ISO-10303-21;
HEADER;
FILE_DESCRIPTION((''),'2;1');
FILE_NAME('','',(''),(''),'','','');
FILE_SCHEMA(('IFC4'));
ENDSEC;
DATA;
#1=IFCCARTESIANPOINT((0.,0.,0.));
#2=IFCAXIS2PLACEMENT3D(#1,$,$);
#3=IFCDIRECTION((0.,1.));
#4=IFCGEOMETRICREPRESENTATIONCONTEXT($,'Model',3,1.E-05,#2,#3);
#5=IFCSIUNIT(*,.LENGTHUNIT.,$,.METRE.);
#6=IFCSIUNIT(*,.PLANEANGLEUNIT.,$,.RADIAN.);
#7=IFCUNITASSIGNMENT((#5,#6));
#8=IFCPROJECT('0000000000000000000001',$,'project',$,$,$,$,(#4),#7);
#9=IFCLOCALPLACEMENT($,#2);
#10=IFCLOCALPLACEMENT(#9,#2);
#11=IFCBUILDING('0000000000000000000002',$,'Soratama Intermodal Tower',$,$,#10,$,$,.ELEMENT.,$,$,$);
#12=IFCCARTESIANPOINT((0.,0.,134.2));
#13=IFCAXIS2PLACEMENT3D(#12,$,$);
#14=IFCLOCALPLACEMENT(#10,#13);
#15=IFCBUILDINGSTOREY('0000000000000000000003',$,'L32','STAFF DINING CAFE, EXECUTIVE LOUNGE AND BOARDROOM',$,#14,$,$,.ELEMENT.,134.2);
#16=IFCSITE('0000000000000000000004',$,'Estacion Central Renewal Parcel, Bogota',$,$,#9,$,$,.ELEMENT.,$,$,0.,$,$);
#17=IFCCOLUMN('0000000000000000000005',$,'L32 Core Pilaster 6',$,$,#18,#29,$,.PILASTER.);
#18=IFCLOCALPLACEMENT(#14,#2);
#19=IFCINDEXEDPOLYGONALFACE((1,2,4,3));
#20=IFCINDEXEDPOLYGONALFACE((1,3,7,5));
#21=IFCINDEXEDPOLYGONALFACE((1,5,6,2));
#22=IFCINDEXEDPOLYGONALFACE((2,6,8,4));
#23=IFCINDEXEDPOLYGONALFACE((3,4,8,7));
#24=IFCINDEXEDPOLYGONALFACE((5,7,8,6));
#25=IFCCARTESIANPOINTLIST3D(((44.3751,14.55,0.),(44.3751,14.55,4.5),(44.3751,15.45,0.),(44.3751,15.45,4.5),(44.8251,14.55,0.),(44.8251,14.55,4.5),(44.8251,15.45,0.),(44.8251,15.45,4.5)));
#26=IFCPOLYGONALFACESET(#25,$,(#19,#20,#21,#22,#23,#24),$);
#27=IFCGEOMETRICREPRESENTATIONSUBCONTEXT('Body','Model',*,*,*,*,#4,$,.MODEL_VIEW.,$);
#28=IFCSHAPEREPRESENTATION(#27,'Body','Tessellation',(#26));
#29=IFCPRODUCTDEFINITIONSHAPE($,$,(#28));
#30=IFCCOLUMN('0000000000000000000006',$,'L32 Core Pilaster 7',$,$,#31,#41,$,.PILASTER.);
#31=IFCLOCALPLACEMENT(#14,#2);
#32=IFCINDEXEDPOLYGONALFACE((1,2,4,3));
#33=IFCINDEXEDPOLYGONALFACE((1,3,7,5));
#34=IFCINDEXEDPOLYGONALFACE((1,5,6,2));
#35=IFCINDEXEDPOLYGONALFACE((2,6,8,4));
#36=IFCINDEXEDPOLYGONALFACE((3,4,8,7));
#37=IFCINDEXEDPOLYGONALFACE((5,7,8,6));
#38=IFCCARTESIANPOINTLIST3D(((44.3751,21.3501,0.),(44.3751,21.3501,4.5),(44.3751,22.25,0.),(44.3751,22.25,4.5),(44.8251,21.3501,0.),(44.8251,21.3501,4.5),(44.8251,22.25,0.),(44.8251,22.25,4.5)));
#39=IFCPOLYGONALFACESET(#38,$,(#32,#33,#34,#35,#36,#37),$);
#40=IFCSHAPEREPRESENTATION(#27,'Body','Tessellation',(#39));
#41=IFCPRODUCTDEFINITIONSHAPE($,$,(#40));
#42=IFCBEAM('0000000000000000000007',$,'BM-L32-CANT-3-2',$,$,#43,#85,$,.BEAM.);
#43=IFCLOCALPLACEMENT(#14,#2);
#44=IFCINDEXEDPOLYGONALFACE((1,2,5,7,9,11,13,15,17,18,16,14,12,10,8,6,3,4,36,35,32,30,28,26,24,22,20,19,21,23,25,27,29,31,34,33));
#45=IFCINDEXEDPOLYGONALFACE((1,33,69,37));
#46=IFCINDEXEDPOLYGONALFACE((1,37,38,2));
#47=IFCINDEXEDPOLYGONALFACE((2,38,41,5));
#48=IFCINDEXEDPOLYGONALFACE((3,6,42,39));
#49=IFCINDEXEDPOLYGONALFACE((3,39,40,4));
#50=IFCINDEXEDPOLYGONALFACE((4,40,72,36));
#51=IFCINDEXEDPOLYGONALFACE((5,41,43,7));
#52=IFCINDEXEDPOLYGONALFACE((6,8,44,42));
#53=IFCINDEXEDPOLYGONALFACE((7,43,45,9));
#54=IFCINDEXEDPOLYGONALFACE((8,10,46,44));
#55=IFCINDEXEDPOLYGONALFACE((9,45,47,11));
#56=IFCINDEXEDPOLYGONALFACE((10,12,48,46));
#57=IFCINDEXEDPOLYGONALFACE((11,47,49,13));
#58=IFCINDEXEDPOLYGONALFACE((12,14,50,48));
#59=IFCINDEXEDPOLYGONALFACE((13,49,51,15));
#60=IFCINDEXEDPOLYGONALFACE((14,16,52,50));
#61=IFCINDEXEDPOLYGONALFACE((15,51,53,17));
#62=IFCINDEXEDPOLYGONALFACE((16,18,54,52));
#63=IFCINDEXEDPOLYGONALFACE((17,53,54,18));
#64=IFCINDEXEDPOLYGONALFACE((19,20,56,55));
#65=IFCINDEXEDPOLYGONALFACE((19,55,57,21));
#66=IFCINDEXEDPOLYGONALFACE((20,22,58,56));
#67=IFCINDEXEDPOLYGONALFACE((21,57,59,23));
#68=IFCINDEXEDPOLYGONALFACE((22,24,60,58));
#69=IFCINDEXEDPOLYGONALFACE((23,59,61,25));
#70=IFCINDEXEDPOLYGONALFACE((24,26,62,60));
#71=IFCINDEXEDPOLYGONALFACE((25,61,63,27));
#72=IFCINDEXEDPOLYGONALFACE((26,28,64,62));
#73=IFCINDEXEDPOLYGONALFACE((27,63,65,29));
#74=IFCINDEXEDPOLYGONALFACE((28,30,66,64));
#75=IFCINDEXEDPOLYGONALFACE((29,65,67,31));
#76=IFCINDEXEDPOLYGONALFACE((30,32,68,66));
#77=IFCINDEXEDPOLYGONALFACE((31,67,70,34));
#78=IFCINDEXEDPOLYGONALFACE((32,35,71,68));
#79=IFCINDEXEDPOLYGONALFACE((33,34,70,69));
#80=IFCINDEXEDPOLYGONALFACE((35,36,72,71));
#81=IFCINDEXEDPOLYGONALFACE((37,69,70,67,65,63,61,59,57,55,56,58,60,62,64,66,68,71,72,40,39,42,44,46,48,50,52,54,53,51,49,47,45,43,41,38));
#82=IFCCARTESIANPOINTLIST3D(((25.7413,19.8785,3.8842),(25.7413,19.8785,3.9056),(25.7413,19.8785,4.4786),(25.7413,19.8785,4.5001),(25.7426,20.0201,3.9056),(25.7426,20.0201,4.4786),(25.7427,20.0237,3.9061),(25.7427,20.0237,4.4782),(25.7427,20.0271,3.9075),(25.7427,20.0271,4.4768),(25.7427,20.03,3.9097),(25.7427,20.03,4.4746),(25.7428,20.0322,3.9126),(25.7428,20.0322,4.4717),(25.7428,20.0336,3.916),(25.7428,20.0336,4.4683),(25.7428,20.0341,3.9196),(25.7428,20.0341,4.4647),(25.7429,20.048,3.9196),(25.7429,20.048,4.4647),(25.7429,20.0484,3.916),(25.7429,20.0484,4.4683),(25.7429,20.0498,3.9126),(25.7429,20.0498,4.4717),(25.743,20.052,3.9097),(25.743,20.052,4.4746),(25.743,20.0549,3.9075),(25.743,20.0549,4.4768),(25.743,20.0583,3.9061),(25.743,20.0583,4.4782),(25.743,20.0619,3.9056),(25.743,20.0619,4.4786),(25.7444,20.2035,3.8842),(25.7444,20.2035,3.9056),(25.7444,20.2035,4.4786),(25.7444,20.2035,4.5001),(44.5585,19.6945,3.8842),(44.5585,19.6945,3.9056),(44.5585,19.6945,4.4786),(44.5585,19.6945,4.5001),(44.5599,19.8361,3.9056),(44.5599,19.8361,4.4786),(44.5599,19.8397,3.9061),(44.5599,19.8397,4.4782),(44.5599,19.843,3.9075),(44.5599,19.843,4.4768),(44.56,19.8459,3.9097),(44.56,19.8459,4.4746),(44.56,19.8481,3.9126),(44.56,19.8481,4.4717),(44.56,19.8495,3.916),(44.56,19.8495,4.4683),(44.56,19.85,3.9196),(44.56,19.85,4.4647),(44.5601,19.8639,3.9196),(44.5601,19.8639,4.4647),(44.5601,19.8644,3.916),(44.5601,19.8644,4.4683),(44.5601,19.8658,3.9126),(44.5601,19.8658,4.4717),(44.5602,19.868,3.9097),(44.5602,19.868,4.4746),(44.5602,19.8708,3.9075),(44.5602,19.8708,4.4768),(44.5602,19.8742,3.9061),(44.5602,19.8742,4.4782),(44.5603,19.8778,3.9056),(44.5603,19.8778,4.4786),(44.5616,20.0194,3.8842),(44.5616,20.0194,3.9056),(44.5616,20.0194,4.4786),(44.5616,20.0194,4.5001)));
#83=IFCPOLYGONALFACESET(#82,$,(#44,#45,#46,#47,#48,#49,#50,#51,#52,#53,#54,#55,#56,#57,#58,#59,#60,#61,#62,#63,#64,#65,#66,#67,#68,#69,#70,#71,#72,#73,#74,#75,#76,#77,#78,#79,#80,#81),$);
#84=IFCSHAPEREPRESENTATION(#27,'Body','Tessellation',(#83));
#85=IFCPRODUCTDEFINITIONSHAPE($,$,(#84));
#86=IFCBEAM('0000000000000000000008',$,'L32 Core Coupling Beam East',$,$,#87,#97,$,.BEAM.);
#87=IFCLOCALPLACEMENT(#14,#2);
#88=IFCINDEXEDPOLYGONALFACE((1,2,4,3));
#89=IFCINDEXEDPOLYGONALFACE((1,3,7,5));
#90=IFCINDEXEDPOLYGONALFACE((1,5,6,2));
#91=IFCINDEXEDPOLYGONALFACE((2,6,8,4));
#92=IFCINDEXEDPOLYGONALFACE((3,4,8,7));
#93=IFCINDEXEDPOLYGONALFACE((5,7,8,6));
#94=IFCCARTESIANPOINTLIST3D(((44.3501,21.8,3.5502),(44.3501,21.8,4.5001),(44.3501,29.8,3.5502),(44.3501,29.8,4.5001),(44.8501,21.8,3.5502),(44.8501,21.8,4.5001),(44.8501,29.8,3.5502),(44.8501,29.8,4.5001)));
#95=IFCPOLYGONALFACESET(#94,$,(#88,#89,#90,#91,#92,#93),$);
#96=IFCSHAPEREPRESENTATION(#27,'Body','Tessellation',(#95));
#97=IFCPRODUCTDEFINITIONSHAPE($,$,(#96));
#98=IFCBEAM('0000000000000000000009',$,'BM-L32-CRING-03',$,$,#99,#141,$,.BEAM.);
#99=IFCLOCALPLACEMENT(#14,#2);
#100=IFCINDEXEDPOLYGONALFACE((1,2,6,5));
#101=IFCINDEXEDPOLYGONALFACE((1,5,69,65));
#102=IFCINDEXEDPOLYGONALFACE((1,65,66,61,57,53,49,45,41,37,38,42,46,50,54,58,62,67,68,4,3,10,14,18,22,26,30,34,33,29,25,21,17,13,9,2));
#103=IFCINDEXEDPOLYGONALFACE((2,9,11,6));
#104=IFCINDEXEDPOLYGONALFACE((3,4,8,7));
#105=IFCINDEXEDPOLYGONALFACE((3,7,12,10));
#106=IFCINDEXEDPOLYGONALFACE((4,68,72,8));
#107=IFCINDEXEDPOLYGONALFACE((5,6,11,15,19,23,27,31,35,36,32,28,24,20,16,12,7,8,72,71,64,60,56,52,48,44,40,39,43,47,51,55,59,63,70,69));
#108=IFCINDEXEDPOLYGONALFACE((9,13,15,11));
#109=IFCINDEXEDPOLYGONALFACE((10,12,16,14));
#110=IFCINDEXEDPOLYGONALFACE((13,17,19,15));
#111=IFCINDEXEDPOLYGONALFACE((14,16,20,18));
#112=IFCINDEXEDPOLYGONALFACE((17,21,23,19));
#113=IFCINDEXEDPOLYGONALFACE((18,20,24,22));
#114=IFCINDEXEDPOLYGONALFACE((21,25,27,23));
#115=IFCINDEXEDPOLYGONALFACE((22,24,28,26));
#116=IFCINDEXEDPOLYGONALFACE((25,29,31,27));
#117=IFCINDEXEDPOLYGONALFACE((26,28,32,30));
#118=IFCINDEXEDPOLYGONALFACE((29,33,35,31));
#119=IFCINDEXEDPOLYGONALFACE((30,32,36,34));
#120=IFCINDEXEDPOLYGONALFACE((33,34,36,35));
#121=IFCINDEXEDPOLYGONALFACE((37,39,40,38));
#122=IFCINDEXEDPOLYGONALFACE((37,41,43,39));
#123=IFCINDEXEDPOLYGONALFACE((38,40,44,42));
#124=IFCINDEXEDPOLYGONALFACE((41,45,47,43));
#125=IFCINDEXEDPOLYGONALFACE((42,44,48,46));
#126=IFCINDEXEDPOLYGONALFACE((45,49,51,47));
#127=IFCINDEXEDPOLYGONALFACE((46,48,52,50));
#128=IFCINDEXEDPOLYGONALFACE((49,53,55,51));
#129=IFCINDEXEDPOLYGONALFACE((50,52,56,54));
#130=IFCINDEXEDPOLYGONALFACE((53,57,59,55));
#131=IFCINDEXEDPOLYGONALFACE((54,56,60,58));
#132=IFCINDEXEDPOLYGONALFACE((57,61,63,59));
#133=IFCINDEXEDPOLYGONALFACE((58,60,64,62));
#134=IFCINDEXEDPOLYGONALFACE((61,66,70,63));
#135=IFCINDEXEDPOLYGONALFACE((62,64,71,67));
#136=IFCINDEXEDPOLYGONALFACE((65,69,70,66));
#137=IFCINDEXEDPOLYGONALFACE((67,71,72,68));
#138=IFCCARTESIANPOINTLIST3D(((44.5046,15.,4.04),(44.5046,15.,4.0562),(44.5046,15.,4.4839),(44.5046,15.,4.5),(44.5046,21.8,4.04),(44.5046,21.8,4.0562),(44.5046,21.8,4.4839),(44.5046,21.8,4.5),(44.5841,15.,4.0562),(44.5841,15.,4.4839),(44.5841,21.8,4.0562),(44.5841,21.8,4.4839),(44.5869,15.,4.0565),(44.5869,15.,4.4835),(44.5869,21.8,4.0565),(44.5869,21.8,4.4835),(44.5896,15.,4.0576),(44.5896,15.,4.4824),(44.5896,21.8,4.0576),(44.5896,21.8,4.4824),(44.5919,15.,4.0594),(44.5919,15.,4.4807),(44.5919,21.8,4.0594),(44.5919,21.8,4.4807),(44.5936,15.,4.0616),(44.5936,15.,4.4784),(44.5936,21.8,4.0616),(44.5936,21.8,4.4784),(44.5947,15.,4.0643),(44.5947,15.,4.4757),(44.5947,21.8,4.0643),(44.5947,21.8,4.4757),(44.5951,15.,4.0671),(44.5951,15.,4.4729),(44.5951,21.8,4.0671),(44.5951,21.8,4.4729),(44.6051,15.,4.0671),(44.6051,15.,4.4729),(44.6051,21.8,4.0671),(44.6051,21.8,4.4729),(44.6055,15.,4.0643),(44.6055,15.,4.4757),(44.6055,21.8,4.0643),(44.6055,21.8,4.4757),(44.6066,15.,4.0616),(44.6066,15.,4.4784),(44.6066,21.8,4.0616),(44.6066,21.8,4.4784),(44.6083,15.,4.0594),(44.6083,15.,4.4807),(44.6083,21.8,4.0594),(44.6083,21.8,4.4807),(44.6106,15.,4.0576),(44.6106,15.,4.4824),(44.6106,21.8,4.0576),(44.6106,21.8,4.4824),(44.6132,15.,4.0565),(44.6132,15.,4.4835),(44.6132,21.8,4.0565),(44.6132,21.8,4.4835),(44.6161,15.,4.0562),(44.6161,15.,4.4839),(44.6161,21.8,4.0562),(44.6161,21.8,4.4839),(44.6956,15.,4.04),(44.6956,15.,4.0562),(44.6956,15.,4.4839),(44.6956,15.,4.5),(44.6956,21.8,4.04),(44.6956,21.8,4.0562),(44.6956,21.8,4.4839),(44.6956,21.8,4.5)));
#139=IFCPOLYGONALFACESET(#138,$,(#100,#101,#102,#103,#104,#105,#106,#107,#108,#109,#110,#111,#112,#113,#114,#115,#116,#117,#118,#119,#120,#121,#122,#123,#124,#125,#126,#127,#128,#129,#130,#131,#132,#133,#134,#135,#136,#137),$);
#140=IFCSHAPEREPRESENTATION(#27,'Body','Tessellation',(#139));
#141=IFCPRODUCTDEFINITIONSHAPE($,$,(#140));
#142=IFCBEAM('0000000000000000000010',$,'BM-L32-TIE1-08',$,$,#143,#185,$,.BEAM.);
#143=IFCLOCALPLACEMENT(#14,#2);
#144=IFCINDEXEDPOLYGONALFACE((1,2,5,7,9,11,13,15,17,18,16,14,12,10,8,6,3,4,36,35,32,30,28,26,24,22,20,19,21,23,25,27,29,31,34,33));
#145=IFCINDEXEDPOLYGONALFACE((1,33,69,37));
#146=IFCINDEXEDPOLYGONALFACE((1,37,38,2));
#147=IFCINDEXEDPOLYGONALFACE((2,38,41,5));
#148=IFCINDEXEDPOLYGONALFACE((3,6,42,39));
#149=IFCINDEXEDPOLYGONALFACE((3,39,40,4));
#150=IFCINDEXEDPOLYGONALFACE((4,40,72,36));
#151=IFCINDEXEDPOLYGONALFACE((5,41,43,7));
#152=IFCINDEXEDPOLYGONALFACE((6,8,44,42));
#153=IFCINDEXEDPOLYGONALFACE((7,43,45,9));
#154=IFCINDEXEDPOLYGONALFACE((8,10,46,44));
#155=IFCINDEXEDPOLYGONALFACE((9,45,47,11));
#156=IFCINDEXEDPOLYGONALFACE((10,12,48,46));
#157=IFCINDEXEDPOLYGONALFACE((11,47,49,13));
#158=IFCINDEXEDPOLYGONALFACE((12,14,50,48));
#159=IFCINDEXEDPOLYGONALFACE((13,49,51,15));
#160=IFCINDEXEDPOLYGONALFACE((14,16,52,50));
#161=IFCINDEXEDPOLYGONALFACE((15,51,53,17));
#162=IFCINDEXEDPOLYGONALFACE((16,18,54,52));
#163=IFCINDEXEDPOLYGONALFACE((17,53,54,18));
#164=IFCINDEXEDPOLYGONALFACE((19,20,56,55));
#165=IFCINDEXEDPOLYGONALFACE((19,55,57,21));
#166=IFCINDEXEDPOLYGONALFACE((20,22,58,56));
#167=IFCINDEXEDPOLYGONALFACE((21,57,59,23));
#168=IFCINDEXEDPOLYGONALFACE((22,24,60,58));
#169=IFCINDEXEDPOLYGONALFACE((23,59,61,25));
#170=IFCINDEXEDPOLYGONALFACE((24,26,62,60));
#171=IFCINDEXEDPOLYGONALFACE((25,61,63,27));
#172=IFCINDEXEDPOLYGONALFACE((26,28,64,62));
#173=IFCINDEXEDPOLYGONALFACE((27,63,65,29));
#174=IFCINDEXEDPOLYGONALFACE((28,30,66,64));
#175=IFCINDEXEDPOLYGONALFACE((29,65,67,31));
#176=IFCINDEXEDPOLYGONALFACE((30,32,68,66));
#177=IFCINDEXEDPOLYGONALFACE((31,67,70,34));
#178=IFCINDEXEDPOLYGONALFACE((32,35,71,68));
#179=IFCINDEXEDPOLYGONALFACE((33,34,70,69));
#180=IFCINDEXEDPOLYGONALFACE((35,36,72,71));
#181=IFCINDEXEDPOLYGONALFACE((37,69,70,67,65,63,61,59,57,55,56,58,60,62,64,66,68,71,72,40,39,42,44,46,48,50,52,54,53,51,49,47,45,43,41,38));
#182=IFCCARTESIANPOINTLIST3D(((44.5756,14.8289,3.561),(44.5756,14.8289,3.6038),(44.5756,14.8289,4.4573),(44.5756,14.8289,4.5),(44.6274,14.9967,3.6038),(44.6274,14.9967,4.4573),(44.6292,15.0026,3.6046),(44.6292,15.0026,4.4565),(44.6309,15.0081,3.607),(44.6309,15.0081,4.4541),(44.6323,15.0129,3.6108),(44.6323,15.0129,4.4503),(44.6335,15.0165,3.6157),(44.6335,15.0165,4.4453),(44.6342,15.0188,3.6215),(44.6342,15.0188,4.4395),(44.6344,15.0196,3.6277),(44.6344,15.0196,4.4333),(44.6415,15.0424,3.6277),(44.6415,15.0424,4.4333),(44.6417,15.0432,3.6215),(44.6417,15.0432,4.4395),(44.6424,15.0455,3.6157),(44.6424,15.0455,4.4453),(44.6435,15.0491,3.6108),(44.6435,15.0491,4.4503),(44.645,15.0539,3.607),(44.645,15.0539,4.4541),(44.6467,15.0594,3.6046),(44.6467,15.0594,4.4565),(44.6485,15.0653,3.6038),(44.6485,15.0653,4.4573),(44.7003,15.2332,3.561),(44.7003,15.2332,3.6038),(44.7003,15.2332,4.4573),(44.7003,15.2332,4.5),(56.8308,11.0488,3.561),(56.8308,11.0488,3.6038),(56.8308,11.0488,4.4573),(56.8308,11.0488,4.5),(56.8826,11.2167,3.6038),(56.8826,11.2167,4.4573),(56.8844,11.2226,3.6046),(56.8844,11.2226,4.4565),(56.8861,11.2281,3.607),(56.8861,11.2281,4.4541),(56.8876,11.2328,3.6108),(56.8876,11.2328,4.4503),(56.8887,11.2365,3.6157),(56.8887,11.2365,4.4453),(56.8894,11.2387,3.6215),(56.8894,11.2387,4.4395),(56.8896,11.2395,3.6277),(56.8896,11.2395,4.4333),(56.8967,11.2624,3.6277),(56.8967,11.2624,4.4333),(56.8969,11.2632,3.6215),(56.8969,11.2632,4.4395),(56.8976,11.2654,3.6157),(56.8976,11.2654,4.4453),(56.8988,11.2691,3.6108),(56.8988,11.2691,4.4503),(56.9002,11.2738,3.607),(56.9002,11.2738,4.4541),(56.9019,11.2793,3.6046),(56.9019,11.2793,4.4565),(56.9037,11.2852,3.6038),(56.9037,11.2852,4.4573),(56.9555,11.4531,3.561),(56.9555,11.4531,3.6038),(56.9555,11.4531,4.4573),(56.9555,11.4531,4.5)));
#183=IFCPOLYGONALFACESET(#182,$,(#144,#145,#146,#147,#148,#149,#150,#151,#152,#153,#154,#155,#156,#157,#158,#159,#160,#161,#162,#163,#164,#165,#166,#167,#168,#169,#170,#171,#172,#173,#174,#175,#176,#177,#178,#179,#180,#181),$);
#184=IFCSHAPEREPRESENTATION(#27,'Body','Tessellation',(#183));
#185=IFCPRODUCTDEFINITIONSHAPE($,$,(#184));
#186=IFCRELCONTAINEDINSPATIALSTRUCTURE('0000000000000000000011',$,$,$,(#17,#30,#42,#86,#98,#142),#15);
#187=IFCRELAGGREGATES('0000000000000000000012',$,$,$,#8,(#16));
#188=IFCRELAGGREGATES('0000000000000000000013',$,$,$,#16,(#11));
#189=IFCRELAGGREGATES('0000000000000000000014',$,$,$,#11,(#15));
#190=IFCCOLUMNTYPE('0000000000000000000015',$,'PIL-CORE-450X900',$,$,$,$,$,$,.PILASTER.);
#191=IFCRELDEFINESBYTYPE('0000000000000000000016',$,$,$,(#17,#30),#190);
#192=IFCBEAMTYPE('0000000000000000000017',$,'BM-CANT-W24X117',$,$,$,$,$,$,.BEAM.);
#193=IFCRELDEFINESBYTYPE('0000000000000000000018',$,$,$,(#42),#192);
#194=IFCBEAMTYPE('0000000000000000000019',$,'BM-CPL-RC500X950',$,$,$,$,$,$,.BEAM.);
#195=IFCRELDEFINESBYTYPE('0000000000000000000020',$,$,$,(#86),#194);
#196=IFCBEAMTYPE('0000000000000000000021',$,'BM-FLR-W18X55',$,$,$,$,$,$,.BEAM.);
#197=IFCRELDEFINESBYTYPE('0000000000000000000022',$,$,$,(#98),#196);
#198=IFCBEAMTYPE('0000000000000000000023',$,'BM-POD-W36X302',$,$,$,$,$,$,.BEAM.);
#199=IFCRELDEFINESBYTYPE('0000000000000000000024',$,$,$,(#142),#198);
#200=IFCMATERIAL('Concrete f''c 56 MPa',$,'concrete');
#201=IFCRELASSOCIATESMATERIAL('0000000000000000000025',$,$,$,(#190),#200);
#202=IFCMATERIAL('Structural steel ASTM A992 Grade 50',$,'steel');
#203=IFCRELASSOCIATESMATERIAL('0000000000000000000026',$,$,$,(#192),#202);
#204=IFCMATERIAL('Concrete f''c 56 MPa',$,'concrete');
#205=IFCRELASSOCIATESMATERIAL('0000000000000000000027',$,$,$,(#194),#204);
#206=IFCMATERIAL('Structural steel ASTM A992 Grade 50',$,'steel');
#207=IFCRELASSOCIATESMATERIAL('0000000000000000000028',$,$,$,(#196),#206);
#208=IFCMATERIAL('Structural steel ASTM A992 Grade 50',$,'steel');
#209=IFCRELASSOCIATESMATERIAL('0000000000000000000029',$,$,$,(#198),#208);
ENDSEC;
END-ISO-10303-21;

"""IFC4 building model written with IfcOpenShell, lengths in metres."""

from ifc_helpers import new_model, si_unit, direction, frame, origin, origin_2d, place, context, subcontext, project, spatial, rectangle, i_section, extrude, material, material_profile, profile_set, type_object, element, save


model = new_model("IFC4")

# Units and contexts
model_context = context("Model", 3, precision=1e-05, world=origin(), true_north=direction((0.0, 1.0)))
body_context = subcontext(model_context, "Body", "Model", "MODEL_VIEW")
ifc_project = project(units=[si_unit("LENGTHUNIT", "METRE"), si_unit("PLANEANGLEUNIT", "RADIAN")], contexts=[model_context])

# Site, building, storey
site_placement = place(None, origin())
site = spatial("IfcSite", under=ifc_project, at=site_placement, Name="Estacion Central Renewal Parcel, Bogota", CompositionType="ELEMENT", RefElevation=0.0)
building_placement = place(site_placement, origin())
building = spatial("IfcBuilding", under=site, at=building_placement, Name="Soratama Intermodal Tower", CompositionType="ELEMENT")
storey_placement = place(building_placement, frame((0.0, 0.0, 134.2)))
storey = spatial("IfcBuildingStorey", under=building, at=storey_placement, Name="L32", Description="STAFF DINING CAFE, EXECUTIVE LOUNGE AND BOARDROOM", CompositionType="ELEMENT", Elevation=134.2)

# Columns
ifc_material_1 = material(Name="Concrete f'c 56 MPa", Category="concrete")
ifc_material_profile_1 = material_profile(ifc_material_1, rectangle(XDim=0.45, YDim=0.8999, at=origin_2d()), Name="RC450X900")
ifc_profile_set_1 = profile_set([ifc_material_profile_1], Name="Concrete f'c 56 MPa")
column_type = type_object("IfcColumnType", Name="PIL-CORE-450X900", PredefinedType="PILASTER", material=ifc_profile_set_1)
for number, where, z_axis, x_axis, name in (
    (1, (44.6001, 15.0, 0.0), (0.0, 0.0, 1.0), (1.0, 0.0, 0.0), "L32 Core Pilaster 6"),
    (2, (44.6001, 21.8, 0.0), (0.0, 0.0, 1.0), (1.0, 0.0, 0.0), "L32 Core Pilaster 7"),
):
    element("IfcColumn", number, at=place(storey_placement, frame(where, z_axis=z_axis, x_axis=x_axis)), inside=storey, type_object=column_type, Name=name, PredefinedType="PILASTER", context=body_context, shape_type="SweptSolid", body=[
        extrude(rectangle(XDim=0.45, YDim=0.8999, at=origin_2d()), origin(), (0.0, 0.0, 1.0), 4.5),
    ])

# Beams
ifc_material_2 = material(Name="Structural steel ASTM A992 Grade 50", Category="steel")
ifc_material_profile_2 = material_profile(ifc_material_2, i_section(OverallWidth=0.325, OverallDepth=0.616, WebThickness=0.0139, FlangeThickness=0.0215, FilletRadius=0.0139, at=origin_2d()), Name="W24X117")
ifc_profile_set_2 = profile_set([ifc_material_profile_2], Name="Structural steel ASTM A992 Grade 50")
beam_type_1 = type_object("IfcBeamType", Name="BM-CANT-W24X117", PredefinedType="BEAM", material=ifc_profile_set_2)
beam_1_placement = place(storey_placement, frame((44.5601, 19.8569, 4.1921), z_axis=(-0.999952, 0.009782, 0.0), x_axis=(-0.009782, -0.999952, 0.0)))
element("IfcBeam", 3, at=beam_1_placement, inside=storey, type_object=beam_type_1, Name="BM-L32-CANT-3-2", PredefinedType="BEAM", context=body_context, shape_type="SweptSolid", body=[
    extrude(i_section(OverallWidth=0.325, OverallDepth=0.616, WebThickness=0.0139, FlangeThickness=0.0215, FilletRadius=0.0139, at=origin_2d()), origin(), (0.0, 0.0, 1.0), 18.8181),
])
ifc_material_3 = material(Name="Concrete f'c 56 MPa", Category="concrete")
ifc_material_profile_3 = material_profile(ifc_material_3, rectangle(XDim=0.5, YDim=0.95, at=origin_2d()), Name="RC500X950")
ifc_profile_set_3 = profile_set([ifc_material_profile_3], Name="Concrete f'c 56 MPa")
beam_type_2 = type_object("IfcBeamType", Name="BM-CPL-RC500X950", PredefinedType="BEAM", material=ifc_profile_set_3)
beam_2_placement = place(storey_placement, frame((44.6001, 21.8, 4.0251), z_axis=(0.0, 1.0, 0.0), x_axis=(-1.0, 0.0, 0.0)))
element("IfcBeam", 4, at=beam_2_placement, inside=storey, type_object=beam_type_2, Name="L32 Core Coupling Beam East", PredefinedType="BEAM", context=body_context, shape_type="SweptSolid", body=[
    extrude(rectangle(XDim=0.5, YDim=0.95, at=origin_2d()), origin(), (0.0, 0.0, 1.0), 8.0),
])
ifc_material_4 = material(Name="Structural steel ASTM A992 Grade 50", Category="steel")
ifc_material_profile_4 = material_profile(ifc_material_4, i_section(OverallWidth=0.1909, OverallDepth=0.46, WebThickness=0.01, FlangeThickness=0.0161, FilletRadius=0.011, at=origin_2d()), Name="W18X55")
ifc_profile_set_4 = profile_set([ifc_material_profile_4], Name="Structural steel ASTM A992 Grade 50")
beam_type_3 = type_object("IfcBeamType", Name="BM-FLR-W18X55", PredefinedType="BEAM", material=ifc_profile_set_4)
beam_3_placement = place(storey_placement, frame((44.6001, 15.0, 4.27), z_axis=(0.0, 1.0, 0.0), x_axis=(-1.0, 0.0, 0.0)))
element("IfcBeam", 5, at=beam_3_placement, inside=storey, type_object=beam_type_3, Name="BM-L32-CRING-03", PredefinedType="BEAM", context=body_context, shape_type="SweptSolid", body=[
    extrude(i_section(OverallWidth=0.1909, OverallDepth=0.46, WebThickness=0.01, FlangeThickness=0.0161, FilletRadius=0.011, at=origin_2d()), origin(), (0.0, 0.0, 1.0), 6.8),
])
ifc_material_5 = material(Name="Structural steel ASTM A992 Grade 50", Category="steel")
ifc_material_profile_5 = material_profile(ifc_material_5, i_section(OverallWidth=0.4231, OverallDepth=0.939, WebThickness=0.0239, FlangeThickness=0.0427, FilletRadius=0.0239, at=origin_2d()), Name="W36X302")
ifc_profile_set_5 = profile_set([ifc_material_profile_5], Name="Structural steel ASTM A992 Grade 50")
beam_type_4 = type_object("IfcBeamType", Name="BM-POD-W36X302", PredefinedType="BEAM", material=ifc_profile_set_5)
beam_4_placement = place(storey_placement, frame((44.6379, 15.031, 4.0305), z_axis=(0.955577, -0.294743, 0.0), x_axis=(0.294743, 0.955577, 0.0)))
element("IfcBeam", 6, at=beam_4_placement, inside=storey, type_object=beam_type_4, Name="BM-L32-TIE1-08", PredefinedType="BEAM", context=body_context, shape_type="SweptSolid", body=[
    extrude(i_section(OverallWidth=0.4231, OverallDepth=0.939, WebThickness=0.0239, FlangeThickness=0.0427, FilletRadius=0.0239, at=origin_2d()), origin(), (0.0, 0.0, 1.0), 12.825),
])

save(model, "model.ifc")
